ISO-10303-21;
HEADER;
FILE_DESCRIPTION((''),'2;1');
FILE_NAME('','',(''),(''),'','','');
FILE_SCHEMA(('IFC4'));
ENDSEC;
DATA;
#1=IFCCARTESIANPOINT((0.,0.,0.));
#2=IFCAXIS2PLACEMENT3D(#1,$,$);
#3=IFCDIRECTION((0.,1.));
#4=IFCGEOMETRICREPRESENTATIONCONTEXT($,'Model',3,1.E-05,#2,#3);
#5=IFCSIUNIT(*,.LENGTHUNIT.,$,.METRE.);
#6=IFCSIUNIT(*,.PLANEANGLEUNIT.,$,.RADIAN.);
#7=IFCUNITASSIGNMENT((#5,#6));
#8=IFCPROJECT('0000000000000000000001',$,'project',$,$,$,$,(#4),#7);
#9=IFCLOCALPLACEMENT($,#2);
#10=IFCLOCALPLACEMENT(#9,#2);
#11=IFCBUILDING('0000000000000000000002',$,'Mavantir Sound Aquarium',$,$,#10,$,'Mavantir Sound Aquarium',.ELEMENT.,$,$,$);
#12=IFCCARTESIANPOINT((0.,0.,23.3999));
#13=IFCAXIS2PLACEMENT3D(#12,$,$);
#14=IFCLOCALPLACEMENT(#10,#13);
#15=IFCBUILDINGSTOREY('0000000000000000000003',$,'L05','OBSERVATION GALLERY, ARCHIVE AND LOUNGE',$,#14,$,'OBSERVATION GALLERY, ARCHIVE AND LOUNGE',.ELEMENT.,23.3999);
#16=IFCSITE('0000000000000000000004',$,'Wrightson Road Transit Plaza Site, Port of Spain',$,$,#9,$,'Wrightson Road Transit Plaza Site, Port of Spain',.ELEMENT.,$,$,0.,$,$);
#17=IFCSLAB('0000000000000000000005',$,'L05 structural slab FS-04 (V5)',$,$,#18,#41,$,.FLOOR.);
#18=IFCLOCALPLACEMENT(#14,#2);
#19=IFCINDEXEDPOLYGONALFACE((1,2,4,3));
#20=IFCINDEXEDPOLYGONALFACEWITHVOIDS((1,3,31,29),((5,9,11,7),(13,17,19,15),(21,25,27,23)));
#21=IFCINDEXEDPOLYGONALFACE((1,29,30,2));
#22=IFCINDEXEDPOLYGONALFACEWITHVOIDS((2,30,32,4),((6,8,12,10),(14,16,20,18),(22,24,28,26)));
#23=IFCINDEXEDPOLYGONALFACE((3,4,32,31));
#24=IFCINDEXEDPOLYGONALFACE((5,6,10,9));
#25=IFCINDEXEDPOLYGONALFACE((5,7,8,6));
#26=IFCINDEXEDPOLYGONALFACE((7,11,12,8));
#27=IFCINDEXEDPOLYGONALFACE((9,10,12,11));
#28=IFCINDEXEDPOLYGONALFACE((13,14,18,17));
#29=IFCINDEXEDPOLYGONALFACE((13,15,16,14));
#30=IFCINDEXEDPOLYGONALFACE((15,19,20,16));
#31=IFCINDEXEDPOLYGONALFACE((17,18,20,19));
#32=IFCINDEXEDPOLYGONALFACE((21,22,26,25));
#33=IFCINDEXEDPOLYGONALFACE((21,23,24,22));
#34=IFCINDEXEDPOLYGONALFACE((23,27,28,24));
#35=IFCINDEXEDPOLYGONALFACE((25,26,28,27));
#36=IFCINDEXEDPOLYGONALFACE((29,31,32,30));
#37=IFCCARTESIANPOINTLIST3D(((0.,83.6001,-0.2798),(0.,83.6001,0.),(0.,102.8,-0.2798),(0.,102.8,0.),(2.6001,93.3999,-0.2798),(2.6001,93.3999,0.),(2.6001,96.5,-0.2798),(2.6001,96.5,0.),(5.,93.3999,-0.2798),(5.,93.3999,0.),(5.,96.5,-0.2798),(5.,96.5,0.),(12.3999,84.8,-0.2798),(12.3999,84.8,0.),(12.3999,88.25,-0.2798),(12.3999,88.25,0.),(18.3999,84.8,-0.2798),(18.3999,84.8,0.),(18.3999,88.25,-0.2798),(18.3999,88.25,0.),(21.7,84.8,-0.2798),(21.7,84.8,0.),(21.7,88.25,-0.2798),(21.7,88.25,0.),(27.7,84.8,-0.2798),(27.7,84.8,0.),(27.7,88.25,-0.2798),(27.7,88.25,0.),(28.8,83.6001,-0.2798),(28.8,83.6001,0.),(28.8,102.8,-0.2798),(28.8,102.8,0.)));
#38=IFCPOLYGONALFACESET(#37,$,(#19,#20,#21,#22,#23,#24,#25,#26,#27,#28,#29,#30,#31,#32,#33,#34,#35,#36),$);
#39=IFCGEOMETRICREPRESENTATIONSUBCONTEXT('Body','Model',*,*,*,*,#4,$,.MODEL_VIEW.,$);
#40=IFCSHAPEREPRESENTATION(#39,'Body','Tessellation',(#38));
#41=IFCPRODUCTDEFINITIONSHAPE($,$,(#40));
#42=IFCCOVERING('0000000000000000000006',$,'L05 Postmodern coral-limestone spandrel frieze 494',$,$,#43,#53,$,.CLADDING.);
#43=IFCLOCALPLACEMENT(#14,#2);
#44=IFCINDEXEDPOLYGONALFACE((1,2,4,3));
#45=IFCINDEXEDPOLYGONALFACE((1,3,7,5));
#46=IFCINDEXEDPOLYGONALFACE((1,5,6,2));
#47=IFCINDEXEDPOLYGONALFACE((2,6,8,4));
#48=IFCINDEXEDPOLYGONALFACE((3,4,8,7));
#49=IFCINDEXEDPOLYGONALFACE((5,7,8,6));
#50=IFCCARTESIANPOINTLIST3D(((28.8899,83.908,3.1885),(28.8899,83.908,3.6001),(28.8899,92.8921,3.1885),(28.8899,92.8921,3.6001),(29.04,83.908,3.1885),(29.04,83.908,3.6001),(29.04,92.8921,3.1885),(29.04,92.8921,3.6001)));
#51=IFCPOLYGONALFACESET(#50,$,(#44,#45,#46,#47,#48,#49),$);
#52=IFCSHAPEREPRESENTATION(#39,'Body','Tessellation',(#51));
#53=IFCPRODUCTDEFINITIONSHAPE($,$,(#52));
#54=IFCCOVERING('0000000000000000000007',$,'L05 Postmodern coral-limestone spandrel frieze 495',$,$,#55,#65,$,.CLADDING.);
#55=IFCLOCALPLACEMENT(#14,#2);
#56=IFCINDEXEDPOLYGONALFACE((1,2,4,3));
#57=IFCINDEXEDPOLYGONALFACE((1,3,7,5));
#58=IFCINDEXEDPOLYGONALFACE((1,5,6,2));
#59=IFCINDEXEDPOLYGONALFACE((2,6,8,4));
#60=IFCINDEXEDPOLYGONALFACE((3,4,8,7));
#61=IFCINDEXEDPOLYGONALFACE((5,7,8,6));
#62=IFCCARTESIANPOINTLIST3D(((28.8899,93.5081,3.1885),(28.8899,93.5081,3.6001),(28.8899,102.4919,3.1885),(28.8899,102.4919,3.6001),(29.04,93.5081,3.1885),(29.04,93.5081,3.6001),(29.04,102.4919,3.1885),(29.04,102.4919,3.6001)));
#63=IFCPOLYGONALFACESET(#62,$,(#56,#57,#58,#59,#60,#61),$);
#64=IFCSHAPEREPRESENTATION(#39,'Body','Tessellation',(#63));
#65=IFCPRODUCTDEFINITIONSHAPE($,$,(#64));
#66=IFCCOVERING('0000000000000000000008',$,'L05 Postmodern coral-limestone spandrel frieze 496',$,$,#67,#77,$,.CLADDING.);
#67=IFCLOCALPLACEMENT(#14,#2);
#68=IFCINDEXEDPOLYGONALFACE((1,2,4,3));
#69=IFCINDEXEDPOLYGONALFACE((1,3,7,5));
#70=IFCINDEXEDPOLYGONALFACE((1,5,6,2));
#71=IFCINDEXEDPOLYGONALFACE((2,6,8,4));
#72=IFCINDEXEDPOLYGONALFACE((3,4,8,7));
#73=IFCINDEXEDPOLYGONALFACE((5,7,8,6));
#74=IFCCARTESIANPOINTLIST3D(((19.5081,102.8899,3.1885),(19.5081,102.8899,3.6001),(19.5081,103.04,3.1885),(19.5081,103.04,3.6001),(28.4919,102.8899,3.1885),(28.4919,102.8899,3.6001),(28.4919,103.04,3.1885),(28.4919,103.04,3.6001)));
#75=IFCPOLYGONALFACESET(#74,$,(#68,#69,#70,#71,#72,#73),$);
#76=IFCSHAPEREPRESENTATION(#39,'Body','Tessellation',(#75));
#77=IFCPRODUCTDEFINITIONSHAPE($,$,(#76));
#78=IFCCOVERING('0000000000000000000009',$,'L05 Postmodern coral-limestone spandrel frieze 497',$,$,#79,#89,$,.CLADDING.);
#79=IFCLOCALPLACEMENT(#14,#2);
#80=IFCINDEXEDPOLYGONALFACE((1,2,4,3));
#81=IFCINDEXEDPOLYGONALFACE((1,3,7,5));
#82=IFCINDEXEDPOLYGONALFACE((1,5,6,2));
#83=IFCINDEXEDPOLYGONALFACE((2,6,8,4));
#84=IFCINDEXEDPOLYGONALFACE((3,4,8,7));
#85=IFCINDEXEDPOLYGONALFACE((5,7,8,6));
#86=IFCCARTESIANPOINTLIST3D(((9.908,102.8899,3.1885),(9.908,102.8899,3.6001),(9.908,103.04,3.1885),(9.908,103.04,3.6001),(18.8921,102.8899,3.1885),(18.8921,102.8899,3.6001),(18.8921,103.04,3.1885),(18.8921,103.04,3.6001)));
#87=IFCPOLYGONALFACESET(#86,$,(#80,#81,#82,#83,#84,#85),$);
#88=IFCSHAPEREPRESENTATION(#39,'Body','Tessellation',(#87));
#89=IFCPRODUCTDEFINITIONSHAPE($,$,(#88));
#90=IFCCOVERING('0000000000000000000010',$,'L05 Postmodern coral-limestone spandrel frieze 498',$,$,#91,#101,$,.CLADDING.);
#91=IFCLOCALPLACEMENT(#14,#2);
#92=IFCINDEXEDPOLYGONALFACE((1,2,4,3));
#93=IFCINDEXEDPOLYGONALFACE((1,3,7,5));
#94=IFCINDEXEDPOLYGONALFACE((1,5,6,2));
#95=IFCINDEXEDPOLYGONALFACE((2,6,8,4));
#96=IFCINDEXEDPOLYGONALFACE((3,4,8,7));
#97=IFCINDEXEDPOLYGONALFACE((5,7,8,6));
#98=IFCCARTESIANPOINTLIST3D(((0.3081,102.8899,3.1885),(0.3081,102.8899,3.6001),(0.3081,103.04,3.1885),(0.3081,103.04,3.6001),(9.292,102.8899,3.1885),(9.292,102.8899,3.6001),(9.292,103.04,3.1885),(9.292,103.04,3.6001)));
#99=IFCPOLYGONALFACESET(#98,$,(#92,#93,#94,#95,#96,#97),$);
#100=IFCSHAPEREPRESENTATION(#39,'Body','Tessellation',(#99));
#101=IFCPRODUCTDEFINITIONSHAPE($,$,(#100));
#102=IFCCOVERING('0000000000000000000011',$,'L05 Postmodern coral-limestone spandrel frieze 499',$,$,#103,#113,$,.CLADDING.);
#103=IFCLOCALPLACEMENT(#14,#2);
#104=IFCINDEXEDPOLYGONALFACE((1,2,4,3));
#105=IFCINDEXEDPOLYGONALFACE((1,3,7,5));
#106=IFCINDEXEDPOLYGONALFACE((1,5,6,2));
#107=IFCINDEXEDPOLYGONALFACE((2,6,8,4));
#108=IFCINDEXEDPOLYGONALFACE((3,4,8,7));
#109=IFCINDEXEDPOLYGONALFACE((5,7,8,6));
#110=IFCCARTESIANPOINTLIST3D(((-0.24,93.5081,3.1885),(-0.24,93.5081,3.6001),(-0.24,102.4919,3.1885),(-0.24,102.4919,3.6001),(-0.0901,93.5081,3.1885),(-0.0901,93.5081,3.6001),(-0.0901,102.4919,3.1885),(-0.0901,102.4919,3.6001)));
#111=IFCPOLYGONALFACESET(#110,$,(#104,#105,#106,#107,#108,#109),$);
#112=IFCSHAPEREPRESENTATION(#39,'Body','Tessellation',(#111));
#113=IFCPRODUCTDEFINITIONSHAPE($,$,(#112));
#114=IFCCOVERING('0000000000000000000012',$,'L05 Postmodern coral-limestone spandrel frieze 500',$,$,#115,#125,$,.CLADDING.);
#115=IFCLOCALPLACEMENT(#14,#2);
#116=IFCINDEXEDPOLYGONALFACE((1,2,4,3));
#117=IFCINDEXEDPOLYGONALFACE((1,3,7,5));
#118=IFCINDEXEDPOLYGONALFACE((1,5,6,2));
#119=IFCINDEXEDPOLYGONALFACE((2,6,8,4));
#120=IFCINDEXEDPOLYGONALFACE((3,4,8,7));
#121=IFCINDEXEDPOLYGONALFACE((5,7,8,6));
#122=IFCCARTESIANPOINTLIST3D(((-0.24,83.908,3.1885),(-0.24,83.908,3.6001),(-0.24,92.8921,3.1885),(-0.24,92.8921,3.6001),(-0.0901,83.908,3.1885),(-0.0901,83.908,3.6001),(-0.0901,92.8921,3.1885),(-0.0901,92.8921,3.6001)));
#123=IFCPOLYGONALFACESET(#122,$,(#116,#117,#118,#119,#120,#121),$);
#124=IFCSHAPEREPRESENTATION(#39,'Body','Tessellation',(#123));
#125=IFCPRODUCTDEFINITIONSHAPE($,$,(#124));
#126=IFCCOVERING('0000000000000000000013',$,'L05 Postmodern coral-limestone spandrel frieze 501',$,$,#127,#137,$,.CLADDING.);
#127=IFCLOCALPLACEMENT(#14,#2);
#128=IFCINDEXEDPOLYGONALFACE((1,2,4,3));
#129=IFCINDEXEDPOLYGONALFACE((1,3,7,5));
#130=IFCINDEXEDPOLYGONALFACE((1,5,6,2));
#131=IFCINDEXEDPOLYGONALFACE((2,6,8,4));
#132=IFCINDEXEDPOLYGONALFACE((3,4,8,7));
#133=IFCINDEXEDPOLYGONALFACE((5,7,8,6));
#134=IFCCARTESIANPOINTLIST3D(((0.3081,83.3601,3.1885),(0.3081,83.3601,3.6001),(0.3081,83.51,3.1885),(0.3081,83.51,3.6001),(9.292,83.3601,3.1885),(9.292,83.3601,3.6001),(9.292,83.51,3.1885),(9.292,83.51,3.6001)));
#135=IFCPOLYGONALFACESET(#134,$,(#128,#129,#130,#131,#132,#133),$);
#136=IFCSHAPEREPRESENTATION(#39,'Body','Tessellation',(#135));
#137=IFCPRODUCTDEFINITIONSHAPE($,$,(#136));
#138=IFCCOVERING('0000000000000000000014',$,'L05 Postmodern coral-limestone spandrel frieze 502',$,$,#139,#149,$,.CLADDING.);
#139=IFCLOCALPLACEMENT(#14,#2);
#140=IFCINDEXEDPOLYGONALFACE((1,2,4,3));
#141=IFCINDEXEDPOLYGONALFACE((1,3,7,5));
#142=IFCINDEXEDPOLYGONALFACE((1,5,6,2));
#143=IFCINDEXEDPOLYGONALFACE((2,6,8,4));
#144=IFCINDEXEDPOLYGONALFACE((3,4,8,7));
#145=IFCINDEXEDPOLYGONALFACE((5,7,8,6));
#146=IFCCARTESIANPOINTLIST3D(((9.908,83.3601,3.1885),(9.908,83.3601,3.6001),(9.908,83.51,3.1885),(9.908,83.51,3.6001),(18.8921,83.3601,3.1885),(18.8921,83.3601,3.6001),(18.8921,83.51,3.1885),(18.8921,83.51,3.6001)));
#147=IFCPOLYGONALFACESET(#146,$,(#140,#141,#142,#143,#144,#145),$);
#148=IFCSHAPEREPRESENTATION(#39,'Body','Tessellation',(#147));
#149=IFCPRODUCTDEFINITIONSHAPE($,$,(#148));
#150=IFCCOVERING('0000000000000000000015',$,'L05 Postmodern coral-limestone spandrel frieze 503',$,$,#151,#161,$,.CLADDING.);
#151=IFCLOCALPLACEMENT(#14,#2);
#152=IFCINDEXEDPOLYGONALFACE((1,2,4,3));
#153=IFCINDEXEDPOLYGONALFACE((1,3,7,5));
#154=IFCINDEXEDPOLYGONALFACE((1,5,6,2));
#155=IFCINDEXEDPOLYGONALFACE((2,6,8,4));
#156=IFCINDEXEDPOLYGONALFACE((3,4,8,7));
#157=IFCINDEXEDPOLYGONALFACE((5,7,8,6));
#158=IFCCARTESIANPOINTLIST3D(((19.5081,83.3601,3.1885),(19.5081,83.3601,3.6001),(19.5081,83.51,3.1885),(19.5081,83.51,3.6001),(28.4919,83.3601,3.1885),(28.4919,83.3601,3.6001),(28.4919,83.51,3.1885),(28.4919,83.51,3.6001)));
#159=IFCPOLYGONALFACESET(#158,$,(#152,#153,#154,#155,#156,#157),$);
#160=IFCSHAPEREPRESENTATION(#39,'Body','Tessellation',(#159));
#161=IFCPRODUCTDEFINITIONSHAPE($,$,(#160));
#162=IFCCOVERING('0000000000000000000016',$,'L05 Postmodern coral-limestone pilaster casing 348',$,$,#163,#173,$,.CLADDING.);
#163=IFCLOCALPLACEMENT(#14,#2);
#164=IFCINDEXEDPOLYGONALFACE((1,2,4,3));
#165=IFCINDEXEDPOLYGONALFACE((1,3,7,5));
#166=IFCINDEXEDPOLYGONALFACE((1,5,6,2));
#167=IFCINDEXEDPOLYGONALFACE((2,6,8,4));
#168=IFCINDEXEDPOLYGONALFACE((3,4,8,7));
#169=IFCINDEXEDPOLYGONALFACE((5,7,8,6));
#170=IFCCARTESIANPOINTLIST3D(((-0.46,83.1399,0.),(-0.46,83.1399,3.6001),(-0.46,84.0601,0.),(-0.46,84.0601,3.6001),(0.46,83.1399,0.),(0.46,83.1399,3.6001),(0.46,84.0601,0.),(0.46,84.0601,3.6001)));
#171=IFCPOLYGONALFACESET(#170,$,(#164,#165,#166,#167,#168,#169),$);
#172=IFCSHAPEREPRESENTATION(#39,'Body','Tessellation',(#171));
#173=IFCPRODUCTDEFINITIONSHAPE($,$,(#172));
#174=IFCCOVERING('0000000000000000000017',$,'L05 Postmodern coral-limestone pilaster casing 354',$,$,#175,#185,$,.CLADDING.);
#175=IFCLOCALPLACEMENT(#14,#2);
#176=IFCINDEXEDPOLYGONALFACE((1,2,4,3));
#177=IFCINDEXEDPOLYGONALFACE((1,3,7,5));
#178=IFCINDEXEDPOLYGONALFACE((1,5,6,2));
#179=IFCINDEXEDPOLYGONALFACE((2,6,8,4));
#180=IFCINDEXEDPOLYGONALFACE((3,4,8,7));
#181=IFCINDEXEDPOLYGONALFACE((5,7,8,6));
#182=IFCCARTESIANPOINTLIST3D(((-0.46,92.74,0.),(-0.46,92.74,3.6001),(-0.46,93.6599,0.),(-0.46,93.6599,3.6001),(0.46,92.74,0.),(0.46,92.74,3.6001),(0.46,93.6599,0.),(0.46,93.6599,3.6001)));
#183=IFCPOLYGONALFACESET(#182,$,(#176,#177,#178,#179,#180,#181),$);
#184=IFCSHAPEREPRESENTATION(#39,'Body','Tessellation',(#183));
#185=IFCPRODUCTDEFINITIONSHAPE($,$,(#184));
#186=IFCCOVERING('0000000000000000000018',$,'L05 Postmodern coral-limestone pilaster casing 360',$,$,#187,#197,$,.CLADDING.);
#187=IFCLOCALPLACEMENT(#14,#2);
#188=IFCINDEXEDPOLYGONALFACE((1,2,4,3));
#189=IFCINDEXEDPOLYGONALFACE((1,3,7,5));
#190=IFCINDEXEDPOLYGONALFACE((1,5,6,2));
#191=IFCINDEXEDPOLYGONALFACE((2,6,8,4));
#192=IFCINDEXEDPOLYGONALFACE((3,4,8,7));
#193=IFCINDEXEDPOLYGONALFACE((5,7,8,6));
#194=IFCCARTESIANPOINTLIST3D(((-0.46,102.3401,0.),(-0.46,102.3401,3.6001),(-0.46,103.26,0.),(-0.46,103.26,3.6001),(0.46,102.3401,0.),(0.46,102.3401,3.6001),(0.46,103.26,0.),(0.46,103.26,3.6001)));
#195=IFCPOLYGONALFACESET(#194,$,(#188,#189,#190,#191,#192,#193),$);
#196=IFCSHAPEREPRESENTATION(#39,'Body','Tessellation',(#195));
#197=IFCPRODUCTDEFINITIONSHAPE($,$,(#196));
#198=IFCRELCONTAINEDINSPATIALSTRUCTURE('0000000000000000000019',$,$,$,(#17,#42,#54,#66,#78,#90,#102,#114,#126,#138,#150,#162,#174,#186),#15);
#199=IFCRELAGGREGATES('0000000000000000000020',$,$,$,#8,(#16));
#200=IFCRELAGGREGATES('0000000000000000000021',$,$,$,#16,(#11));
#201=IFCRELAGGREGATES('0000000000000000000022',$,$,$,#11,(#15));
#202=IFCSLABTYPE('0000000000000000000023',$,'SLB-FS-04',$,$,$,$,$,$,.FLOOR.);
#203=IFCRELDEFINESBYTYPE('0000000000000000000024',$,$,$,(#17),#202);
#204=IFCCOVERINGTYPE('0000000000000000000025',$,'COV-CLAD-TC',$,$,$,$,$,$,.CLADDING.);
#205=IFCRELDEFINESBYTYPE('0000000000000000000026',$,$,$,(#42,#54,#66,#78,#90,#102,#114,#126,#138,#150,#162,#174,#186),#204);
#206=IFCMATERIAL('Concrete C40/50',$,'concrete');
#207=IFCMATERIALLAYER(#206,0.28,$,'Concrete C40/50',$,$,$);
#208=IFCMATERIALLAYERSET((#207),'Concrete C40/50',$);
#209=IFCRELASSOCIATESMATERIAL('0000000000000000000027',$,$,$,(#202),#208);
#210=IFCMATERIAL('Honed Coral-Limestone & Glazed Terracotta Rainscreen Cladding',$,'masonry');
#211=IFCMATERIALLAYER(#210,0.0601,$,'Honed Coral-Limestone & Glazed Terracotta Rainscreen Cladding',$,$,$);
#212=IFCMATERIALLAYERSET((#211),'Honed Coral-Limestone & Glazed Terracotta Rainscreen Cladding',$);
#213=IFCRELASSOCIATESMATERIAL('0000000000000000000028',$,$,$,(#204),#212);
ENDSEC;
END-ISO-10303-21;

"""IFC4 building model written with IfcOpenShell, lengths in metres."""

from ifc_helpers import new_model, si_unit, direction, frame, origin, place, context, subcontext, project, spatial, polyline, outline, extrude, material, layer, layer_set, type_object, element, save


model = new_model("IFC4")

# Units and contexts
model_context = context("Model", 3, precision=1e-05, world=origin(), true_north=direction((0.0, 1.0)))
body_context = subcontext(model_context, "Body", "Model", "MODEL_VIEW")
ifc_project = project(units=[si_unit("LENGTHUNIT", "METRE"), si_unit("PLANEANGLEUNIT", "RADIAN")], contexts=[model_context])

# Site, building, storey
site_placement = place(None, origin())
site = spatial("IfcSite", under=ifc_project, at=site_placement, Name="Wrightson Road Transit Plaza Site, Port of Spain", LongName="Wrightson Road Transit Plaza Site, Port of Spain", CompositionType="ELEMENT", RefElevation=0.0)
building_placement = place(site_placement, origin())
building = spatial("IfcBuilding", under=site, at=building_placement, Name="Mavantir Sound Aquarium", LongName="Mavantir Sound Aquarium", CompositionType="ELEMENT")
storey_placement = place(building_placement, frame((0.0, 0.0, 23.3999)))
storey = spatial("IfcBuildingStorey", under=building, at=storey_placement, Name="L05", Description="OBSERVATION GALLERY, ARCHIVE AND LOUNGE", LongName="OBSERVATION GALLERY, ARCHIVE AND LOUNGE", CompositionType="ELEMENT", Elevation=23.3999)

# Slab
ifc_material_1 = material(Name="Concrete C40/50", Category="concrete")
ifc_layer_1 = layer(ifc_material_1, 0.28, Name="Concrete C40/50")
ifc_layer_set_1 = layer_set([ifc_layer_1], Name="Concrete C40/50")
slab_type = type_object("IfcSlabType", Name="SLB-FS-04", PredefinedType="FLOOR", material=ifc_layer_set_1)
slab_placement = place(storey_placement, frame((0.0, 0.0, -0.2798)))
element("IfcSlab", 1, at=slab_placement, inside=storey, type_object=slab_type, Name="L05 structural slab FS-04 (V5)", PredefinedType="FLOOR", context=body_context, shape_type="SweptSolid", body=[
    extrude(outline(polyline([(28.8, 83.6001), (28.8, 102.8), (0.0, 102.8), (0.0, 83.6001), (28.8, 83.6001)]), holes=[polyline([(12.3999, 84.8), (18.3999, 84.8), (18.3999, 88.25), (12.3999, 88.25), (12.3999, 84.8)]), polyline([(21.7, 84.8), (27.7, 84.8), (27.7, 88.25), (21.7, 88.25), (21.7, 84.8)]), polyline([(2.6001, 93.3999), (5.0, 93.3999), (5.0, 96.5), (2.6001, 96.5), (2.6001, 93.3999)])]), origin(), (0.0, 0.0, 1.0), 0.2798),
])

# Coverings
ifc_material_2 = material(Name="Honed Coral-Limestone & Glazed Terracotta Rainscreen Cladding", Category="masonry")
ifc_layer_2 = layer(ifc_material_2, 0.0601, Name="Honed Coral-Limestone & Glazed Terracotta Rainscreen Cladding")
ifc_layer_set_2 = layer_set([ifc_layer_2], Name="Honed Coral-Limestone & Glazed Terracotta Rainscreen Cladding")
covering_type = type_object("IfcCoveringType", Name="COV-CLAD-TC", PredefinedType="CLADDING", material=ifc_layer_set_2)
covering_1_placement = place(storey_placement, frame((0.0, 0.0, 3.1885)))
element("IfcCovering", 2, at=covering_1_placement, inside=storey, type_object=covering_type, Name="L05 Postmodern coral-limestone spandrel frieze 494", PredefinedType="CLADDING", context=body_context, shape_type="SweptSolid", body=[
    extrude(outline(polyline([(28.8899, 83.908), (28.8899, 92.8921), (29.04, 92.8921), (29.04, 83.908), (28.8899, 83.908)])), origin(), (0.0, 0.0, 1.0), 0.4116),
])
covering_2_placement = place(storey_placement, frame((0.0, 0.0, 3.1885)))
element("IfcCovering", 3, at=covering_2_placement, inside=storey, type_object=covering_type, Name="L05 Postmodern coral-limestone spandrel frieze 495", PredefinedType="CLADDING", context=body_context, shape_type="SweptSolid", body=[
    extrude(outline(polyline([(28.8899, 93.5081), (28.8899, 102.4919), (29.04, 102.4919), (29.04, 93.5081), (28.8899, 93.5081)])), origin(), (0.0, 0.0, 1.0), 0.4116),
])
covering_3_placement = place(storey_placement, frame((0.0, 0.0, 3.1885)))
element("IfcCovering", 4, at=covering_3_placement, inside=storey, type_object=covering_type, Name="L05 Postmodern coral-limestone spandrel frieze 496", PredefinedType="CLADDING", context=body_context, shape_type="SweptSolid", body=[
    extrude(outline(polyline([(28.4919, 102.8899), (19.5081, 102.8899), (19.5081, 103.04), (28.4919, 103.04), (28.4919, 102.8899)])), origin(), (0.0, 0.0, 1.0), 0.4116),
])
covering_4_placement = place(storey_placement, frame((0.0, 0.0, 3.1885)))
element("IfcCovering", 5, at=covering_4_placement, inside=storey, type_object=covering_type, Name="L05 Postmodern coral-limestone spandrel frieze 497", PredefinedType="CLADDING", context=body_context, shape_type="SweptSolid", body=[
    extrude(outline(polyline([(18.8921, 102.8899), (9.908, 102.8899), (9.908, 103.04), (18.8921, 103.04), (18.8921, 102.8899)])), origin(), (0.0, 0.0, 1.0), 0.4116),
])
covering_5_placement = place(storey_placement, frame((0.0, 0.0, 3.1885)))
element("IfcCovering", 6, at=covering_5_placement, inside=storey, type_object=covering_type, Name="L05 Postmodern coral-limestone spandrel frieze 498", PredefinedType="CLADDING", context=body_context, shape_type="SweptSolid", body=[
    extrude(outline(polyline([(9.292, 102.8899), (0.3081, 102.8899), (0.3081, 103.04), (9.292, 103.04), (9.292, 102.8899)])), origin(), (0.0, 0.0, 1.0), 0.4116),
])
covering_6_placement = place(storey_placement, frame((0.0, 0.0, 3.1885)))
element("IfcCovering", 7, at=covering_6_placement, inside=storey, type_object=covering_type, Name="L05 Postmodern coral-limestone spandrel frieze 499", PredefinedType="CLADDING", context=body_context, shape_type="SweptSolid", body=[
    extrude(outline(polyline([(-0.0901, 102.4919), (-0.0901, 93.5081), (-0.24, 93.5081), (-0.24, 102.4919), (-0.0901, 102.4919)])), origin(), (0.0, 0.0, 1.0), 0.4116),
])
covering_7_placement = place(storey_placement, frame((0.0, 0.0, 3.1885)))
element("IfcCovering", 8, at=covering_7_placement, inside=storey, type_object=covering_type, Name="L05 Postmodern coral-limestone spandrel frieze 500", PredefinedType="CLADDING", context=body_context, shape_type="SweptSolid", body=[
    extrude(outline(polyline([(-0.0901, 92.8921), (-0.0901, 83.908), (-0.24, 83.908), (-0.24, 92.8921), (-0.0901, 92.8921)])), origin(), (0.0, 0.0, 1.0), 0.4116),
])
covering_8_placement = place(storey_placement, frame((0.0, 0.0, 3.1885)))
element("IfcCovering", 9, at=covering_8_placement, inside=storey, type_object=covering_type, Name="L05 Postmodern coral-limestone spandrel frieze 501", PredefinedType="CLADDING", context=body_context, shape_type="SweptSolid", body=[
    extrude(outline(polyline([(0.3081, 83.51), (9.292, 83.51), (9.292, 83.3601), (0.3081, 83.3601), (0.3081, 83.51)])), origin(), (0.0, 0.0, 1.0), 0.4116),
])
covering_9_placement = place(storey_placement, frame((0.0, 0.0, 3.1885)))
element("IfcCovering", 10, at=covering_9_placement, inside=storey, type_object=covering_type, Name="L05 Postmodern coral-limestone spandrel frieze 502", PredefinedType="CLADDING", context=body_context, shape_type="SweptSolid", body=[
    extrude(outline(polyline([(9.908, 83.51), (18.8921, 83.51), (18.8921, 83.3601), (9.908, 83.3601), (9.908, 83.51)])), origin(), (0.0, 0.0, 1.0), 0.4116),
])
covering_10_placement = place(storey_placement, frame((0.0, 0.0, 3.1885)))
element("IfcCovering", 11, at=covering_10_placement, inside=storey, type_object=covering_type, Name="L05 Postmodern coral-limestone spandrel frieze 503", PredefinedType="CLADDING", context=body_context, shape_type="SweptSolid", body=[
    extrude(outline(polyline([(19.5081, 83.51), (28.4919, 83.51), (28.4919, 83.3601), (19.5081, 83.3601), (19.5081, 83.51)])), origin(), (0.0, 0.0, 1.0), 0.4116),
])
covering_11_placement = place(storey_placement, origin())
element("IfcCovering", 12, at=covering_11_placement, inside=storey, type_object=covering_type, Name="L05 Postmodern coral-limestone pilaster casing 348", PredefinedType="CLADDING", context=body_context, shape_type="SweptSolid", body=[
    extrude(outline(polyline([(-0.46, 83.1399), (0.46, 83.1399), (0.46, 84.0601), (-0.46, 84.0601), (-0.46, 83.1399)])), origin(), (0.0, 0.0, 1.0), 3.6001),
])
covering_12_placement = place(storey_placement, origin())
element("IfcCovering", 13, at=covering_12_placement, inside=storey, type_object=covering_type, Name="L05 Postmodern coral-limestone pilaster casing 354", PredefinedType="CLADDING", context=body_context, shape_type="SweptSolid", body=[
    extrude(outline(polyline([(-0.46, 92.74), (0.46, 92.74), (0.46, 93.6599), (-0.46, 93.6599), (-0.46, 92.74)])), origin(), (0.0, 0.0, 1.0), 3.6001),
])
covering_13_placement = place(storey_placement, origin())
element("IfcCovering", 14, at=covering_13_placement, inside=storey, type_object=covering_type, Name="L05 Postmodern coral-limestone pilaster casing 360", PredefinedType="CLADDING", context=body_context, shape_type="SweptSolid", body=[
    extrude(outline(polyline([(-0.46, 102.3401), (0.46, 102.3401), (0.46, 103.26), (-0.46, 103.26), (-0.46, 102.3401)])), origin(), (0.0, 0.0, 1.0), 3.6001),
])

save(model, "model.ifc")
